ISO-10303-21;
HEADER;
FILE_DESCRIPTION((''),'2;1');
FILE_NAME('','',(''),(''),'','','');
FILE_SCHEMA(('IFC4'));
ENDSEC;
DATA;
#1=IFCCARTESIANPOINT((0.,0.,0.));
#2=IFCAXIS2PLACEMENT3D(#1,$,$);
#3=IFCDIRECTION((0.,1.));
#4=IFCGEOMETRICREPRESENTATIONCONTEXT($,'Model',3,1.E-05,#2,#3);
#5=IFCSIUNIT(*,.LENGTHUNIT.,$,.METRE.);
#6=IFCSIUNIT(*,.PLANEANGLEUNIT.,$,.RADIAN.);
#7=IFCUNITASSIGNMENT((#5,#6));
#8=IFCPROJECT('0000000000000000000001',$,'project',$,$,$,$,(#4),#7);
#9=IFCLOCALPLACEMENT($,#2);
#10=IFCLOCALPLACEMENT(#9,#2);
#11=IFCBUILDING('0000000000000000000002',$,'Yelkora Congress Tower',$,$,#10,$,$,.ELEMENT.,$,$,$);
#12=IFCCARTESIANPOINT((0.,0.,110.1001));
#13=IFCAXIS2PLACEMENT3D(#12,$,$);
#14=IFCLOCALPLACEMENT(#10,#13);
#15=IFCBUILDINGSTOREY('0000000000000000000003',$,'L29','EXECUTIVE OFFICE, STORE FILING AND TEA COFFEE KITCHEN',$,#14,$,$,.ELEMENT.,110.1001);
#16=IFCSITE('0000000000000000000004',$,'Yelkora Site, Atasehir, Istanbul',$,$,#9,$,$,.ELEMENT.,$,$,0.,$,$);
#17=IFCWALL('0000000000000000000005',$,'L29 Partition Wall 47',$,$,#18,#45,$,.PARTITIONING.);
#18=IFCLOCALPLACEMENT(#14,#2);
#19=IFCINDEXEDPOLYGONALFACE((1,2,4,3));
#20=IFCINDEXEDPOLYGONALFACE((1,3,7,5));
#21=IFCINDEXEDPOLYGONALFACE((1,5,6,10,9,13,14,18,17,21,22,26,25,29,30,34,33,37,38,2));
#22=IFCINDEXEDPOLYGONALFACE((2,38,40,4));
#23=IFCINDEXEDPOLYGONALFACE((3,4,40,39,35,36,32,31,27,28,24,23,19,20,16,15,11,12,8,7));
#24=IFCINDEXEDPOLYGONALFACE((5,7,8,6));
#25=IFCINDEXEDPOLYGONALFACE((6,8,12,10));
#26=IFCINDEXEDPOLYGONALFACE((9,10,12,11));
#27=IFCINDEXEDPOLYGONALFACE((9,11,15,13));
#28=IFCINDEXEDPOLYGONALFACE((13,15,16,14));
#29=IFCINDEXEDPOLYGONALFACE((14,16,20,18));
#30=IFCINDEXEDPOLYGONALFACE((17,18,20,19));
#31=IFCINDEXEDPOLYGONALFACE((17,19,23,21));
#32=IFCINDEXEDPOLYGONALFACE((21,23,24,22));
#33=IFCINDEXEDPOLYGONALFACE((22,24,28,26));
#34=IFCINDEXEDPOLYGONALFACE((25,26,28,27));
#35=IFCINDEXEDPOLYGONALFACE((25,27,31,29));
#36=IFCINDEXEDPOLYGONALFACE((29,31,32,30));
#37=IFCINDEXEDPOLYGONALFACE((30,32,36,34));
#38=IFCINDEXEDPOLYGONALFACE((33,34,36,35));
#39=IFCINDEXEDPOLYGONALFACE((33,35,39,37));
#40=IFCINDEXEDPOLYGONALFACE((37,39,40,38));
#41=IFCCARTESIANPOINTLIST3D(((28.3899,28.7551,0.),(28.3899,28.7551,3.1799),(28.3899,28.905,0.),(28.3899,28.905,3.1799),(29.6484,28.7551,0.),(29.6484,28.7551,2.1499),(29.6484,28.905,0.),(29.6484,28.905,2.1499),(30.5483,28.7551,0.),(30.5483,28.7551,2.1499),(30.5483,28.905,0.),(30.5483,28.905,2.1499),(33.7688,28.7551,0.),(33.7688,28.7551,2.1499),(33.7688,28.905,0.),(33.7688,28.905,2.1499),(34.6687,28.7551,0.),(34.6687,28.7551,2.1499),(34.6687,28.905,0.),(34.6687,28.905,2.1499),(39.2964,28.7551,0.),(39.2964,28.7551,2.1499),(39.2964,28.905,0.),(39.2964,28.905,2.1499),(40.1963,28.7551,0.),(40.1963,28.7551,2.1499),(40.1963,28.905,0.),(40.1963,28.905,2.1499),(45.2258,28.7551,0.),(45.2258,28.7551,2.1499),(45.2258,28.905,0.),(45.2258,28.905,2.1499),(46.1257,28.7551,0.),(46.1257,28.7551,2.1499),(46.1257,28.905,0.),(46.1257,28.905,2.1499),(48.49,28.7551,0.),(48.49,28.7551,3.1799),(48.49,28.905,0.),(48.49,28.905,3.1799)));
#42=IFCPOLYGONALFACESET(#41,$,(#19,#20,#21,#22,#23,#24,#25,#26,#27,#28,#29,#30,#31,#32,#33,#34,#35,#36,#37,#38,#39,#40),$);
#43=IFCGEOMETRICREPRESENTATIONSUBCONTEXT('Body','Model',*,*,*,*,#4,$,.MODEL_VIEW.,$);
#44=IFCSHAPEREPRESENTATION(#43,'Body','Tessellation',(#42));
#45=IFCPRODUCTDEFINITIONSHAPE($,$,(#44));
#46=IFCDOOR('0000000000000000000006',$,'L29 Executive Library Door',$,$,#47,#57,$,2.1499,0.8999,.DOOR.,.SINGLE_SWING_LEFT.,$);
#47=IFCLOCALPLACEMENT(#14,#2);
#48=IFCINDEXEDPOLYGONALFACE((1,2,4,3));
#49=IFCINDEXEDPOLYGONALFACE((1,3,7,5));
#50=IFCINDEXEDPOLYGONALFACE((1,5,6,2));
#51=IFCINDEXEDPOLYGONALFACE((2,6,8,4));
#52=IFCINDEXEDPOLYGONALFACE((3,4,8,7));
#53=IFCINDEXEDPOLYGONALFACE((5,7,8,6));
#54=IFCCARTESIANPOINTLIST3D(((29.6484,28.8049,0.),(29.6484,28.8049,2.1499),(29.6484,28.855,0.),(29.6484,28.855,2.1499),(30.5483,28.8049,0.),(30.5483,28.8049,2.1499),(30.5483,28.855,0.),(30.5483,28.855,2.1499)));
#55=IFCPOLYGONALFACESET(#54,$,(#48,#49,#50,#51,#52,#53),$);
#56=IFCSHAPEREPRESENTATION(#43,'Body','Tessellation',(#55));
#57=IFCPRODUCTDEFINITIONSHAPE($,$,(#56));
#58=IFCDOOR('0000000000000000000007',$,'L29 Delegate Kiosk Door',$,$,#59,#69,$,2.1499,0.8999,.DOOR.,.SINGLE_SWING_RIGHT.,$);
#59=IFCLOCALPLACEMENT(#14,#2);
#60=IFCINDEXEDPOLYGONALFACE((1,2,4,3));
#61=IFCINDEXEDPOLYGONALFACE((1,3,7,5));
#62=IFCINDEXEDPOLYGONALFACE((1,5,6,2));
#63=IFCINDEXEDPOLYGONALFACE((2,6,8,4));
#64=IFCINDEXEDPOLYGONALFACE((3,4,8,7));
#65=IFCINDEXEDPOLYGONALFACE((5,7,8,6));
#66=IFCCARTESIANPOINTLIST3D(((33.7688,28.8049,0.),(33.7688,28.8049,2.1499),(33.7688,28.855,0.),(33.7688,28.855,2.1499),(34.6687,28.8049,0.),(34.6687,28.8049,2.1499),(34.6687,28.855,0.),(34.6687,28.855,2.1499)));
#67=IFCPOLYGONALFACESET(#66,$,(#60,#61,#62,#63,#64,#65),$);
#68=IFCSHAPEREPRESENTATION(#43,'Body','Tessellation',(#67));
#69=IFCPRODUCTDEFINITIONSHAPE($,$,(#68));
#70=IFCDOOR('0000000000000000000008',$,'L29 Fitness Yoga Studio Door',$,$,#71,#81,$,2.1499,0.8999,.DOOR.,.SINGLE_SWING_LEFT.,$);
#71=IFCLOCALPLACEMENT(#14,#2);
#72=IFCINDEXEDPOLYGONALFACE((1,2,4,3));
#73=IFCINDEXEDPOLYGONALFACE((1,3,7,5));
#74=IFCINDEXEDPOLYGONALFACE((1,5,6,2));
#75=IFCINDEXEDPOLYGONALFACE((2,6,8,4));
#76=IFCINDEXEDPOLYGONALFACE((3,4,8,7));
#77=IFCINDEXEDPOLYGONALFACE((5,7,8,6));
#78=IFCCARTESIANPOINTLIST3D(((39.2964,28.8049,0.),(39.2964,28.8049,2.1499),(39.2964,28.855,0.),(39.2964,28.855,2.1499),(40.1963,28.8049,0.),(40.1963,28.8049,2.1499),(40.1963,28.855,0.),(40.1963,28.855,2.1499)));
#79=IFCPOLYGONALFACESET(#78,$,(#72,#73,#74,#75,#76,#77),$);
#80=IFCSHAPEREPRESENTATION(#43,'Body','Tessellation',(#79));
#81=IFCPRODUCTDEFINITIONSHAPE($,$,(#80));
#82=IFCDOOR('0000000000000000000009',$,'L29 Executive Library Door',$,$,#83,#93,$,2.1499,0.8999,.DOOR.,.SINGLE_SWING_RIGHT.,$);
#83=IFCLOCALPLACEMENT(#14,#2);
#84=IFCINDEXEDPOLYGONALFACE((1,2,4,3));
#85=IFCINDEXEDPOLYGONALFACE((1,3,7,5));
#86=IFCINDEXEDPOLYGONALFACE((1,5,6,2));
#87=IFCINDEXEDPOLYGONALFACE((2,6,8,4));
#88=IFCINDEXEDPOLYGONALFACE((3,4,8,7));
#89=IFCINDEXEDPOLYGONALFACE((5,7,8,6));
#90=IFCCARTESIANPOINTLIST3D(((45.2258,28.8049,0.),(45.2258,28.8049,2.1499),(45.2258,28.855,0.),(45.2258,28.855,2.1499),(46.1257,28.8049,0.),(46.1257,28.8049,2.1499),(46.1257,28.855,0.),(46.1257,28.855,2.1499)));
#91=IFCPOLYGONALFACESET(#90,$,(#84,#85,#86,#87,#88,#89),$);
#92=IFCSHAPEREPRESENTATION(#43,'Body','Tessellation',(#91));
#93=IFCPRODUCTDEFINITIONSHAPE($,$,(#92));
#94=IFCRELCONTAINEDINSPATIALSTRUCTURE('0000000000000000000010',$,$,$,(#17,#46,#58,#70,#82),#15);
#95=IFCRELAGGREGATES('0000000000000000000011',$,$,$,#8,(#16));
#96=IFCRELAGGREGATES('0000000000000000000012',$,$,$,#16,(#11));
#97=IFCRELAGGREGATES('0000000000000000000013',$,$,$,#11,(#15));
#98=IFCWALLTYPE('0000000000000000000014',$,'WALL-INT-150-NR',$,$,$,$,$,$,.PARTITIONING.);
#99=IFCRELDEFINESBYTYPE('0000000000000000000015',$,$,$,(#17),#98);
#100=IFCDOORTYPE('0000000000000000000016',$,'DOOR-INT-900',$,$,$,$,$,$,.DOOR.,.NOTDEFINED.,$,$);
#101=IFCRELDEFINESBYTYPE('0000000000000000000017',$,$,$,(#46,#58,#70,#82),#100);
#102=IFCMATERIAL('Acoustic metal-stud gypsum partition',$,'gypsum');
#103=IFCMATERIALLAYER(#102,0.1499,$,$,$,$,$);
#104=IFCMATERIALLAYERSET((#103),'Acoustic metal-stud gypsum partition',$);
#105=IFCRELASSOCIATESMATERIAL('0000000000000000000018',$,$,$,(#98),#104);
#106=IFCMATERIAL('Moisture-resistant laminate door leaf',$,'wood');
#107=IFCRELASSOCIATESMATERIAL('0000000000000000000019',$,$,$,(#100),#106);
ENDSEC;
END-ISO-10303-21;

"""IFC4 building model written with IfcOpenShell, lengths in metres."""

from ifc_helpers import new_model, si_unit, direction, frame, frame_2d, origin, place, context, subcontext, project, spatial, rectangle, extrude, material, layer, layer_set, type_object, element, fill, save


model = new_model("IFC4")

# Units and contexts
model_context = context("Model", 3, precision=1e-05, world=origin(), true_north=direction((0.0, 1.0)))
body_context = subcontext(model_context, "Body", "Model", "MODEL_VIEW")
ifc_project = project(units=[si_unit("LENGTHUNIT", "METRE"), si_unit("PLANEANGLEUNIT", "RADIAN")], contexts=[model_context])

# Site, building, storey
site_placement = place(None, origin())
site = spatial("IfcSite", under=ifc_project, at=site_placement, Name="Yelkora Site, Atasehir, Istanbul", CompositionType="ELEMENT", RefElevation=0.0)
building_placement = place(site_placement, origin())
building = spatial("IfcBuilding", under=site, at=building_placement, Name="Yelkora Congress Tower", CompositionType="ELEMENT")
storey_placement = place(building_placement, frame((0.0, 0.0, 110.1001)))
storey = spatial("IfcBuildingStorey", under=building, at=storey_placement, Name="L29", Description="EXECUTIVE OFFICE, STORE FILING AND TEA COFFEE KITCHEN", CompositionType="ELEMENT", Elevation=110.1001)

# Shared definitions
ifc_material_1 = material(Name="Acoustic metal-stud gypsum partition", Category="gypsum")
ifc_layer = layer(ifc_material_1, 0.1499)
ifc_layer_set = layer_set([ifc_layer], Name="Acoustic metal-stud gypsum partition")
wall_type = type_object("IfcWallType", Name="WALL-INT-150-NR", PredefinedType="PARTITIONING", material=ifc_layer_set)
ifc_material_2 = material(Name="Moisture-resistant laminate door leaf", Category="wood")
door_type = type_object("IfcDoorType", Name="DOOR-INT-900", OperationType="NOTDEFINED", PredefinedType="DOOR", material=ifc_material_2)

# Wall, openings, doors
wall_1_placement = place(storey_placement, frame((28.3899, 28.8301, 0.0), z_axis=(0.0, 0.0, 1.0), x_axis=(1.0, 0.0, 0.0)))
wall_1 = element("IfcWall", 1, at=wall_1_placement, inside=storey, type_object=wall_type, Name="L29 Partition Wall 47", PredefinedType="PARTITIONING", context=body_context, shape_type="SweptSolid", body=[
    extrude(rectangle(XDim=20.1001, YDim=0.1499, at=frame_2d((10.05, 0.0))), origin(), (0.0, 0.0, 1.0), 3.1799),
])
opening_1_placement = place(wall_1_placement, frame((1.2585, 0.0, 0.0)))
opening_1 = element("IfcOpeningElement", 2, at=opening_1_placement, cuts=wall_1, PredefinedType="OPENING", context=body_context, shape_type="SweptSolid", body=[
    extrude(rectangle(XDim=0.8999, YDim=2.1499, at=frame_2d((0.45, 1.075))), frame((0.0, 0.085, 0.0), z_axis=(0.0, -1.0, 0.0), x_axis=(1.0, 0.0, 0.0)), (0.0, 0.0, 1.0), 0.1699),
])
opening_2_placement = place(wall_1_placement, frame((5.3789, 0.0, 0.0)))
opening_2 = element("IfcOpeningElement", 3, at=opening_2_placement, cuts=wall_1, PredefinedType="OPENING", context=body_context, shape_type="SweptSolid", body=[
    extrude(rectangle(XDim=0.8999, YDim=2.1499, at=frame_2d((0.45, 1.075))), frame((0.0, 0.085, 0.0), z_axis=(0.0, -1.0, 0.0), x_axis=(1.0, 0.0, 0.0)), (0.0, 0.0, 1.0), 0.1699),
])
opening_3_placement = place(wall_1_placement, frame((10.9065, 0.0, 0.0)))
opening_3 = element("IfcOpeningElement", 4, at=opening_3_placement, cuts=wall_1, PredefinedType="OPENING", context=body_context, shape_type="SweptSolid", body=[
    extrude(rectangle(XDim=0.8999, YDim=2.1499, at=frame_2d((0.45, 1.075))), frame((0.0, 0.085, 0.0), z_axis=(0.0, -1.0, 0.0), x_axis=(1.0, 0.0, 0.0)), (0.0, 0.0, 1.0), 0.1699),
])
opening_4_placement = place(wall_1_placement, frame((16.8359, 0.0, 0.0)))
opening_4 = element("IfcOpeningElement", 5, at=opening_4_placement, cuts=wall_1, PredefinedType="OPENING", context=body_context, shape_type="SweptSolid", body=[
    extrude(rectangle(XDim=0.8999, YDim=2.1499, at=frame_2d((0.45, 1.075))), frame((0.0, 0.085, 0.0), z_axis=(0.0, -1.0, 0.0), x_axis=(1.0, 0.0, 0.0)), (0.0, 0.0, 1.0), 0.1699),
])
door_1_placement = place(opening_1_placement, origin())
door_1 = element("IfcDoor", 6, at=door_1_placement, inside=storey, type_object=door_type, Name="L29 Executive Library Door", OperationType="SINGLE_SWING_LEFT", OverallHeight=2.1499, OverallWidth=0.8999, PredefinedType="DOOR", context=body_context, shape_type="SweptSolid", body=[
    extrude(rectangle(XDim=0.8999, YDim=2.1499, at=frame_2d((0.45, 1.075))), frame((0.0, 0.0249, 0.0), z_axis=(0.0, -1.0, 0.0), x_axis=(1.0, 0.0, 0.0)), (0.0, 0.0, 1.0), 0.05),
])
fill(opening_1, door_1)
door_2_placement = place(opening_2_placement, origin())
door_2 = element("IfcDoor", 7, at=door_2_placement, inside=storey, type_object=door_type, Name="L29 Delegate Kiosk Door", OperationType="SINGLE_SWING_RIGHT", OverallHeight=2.1499, OverallWidth=0.8999, PredefinedType="DOOR", context=body_context, shape_type="SweptSolid", body=[
    extrude(rectangle(XDim=0.8999, YDim=2.1499, at=frame_2d((0.45, 1.075))), frame((0.0, 0.0249, 0.0), z_axis=(0.0, -1.0, 0.0), x_axis=(1.0, 0.0, 0.0)), (0.0, 0.0, 1.0), 0.05),
])
fill(opening_2, door_2)
door_3_placement = place(opening_3_placement, origin())
door_3 = element("IfcDoor", 8, at=door_3_placement, inside=storey, type_object=door_type, Name="L29 Fitness Yoga Studio Door", OperationType="SINGLE_SWING_LEFT", OverallHeight=2.1499, OverallWidth=0.8999, PredefinedType="DOOR", context=body_context, shape_type="SweptSolid", body=[
    extrude(rectangle(XDim=0.8999, YDim=2.1499, at=frame_2d((0.45, 1.075))), frame((0.0, 0.0249, 0.0), z_axis=(0.0, -1.0, 0.0), x_axis=(1.0, 0.0, 0.0)), (0.0, 0.0, 1.0), 0.05),
])
fill(opening_3, door_3)
door_4_placement = place(opening_4_placement, origin())
door_4 = element("IfcDoor", 9, at=door_4_placement, inside=storey, type_object=door_type, Name="L29 Executive Library Door", OperationType="SINGLE_SWING_RIGHT", OverallHeight=2.1499, OverallWidth=0.8999, PredefinedType="DOOR", context=body_context, shape_type="SweptSolid", body=[
    extrude(rectangle(XDim=0.8999, YDim=2.1499, at=frame_2d((0.45, 1.075))), frame((0.0, 0.0249, 0.0), z_axis=(0.0, -1.0, 0.0), x_axis=(1.0, 0.0, 0.0)), (0.0, 0.0, 1.0), 0.05),
])
fill(opening_4, door_4)

save(model, "model.ifc")
